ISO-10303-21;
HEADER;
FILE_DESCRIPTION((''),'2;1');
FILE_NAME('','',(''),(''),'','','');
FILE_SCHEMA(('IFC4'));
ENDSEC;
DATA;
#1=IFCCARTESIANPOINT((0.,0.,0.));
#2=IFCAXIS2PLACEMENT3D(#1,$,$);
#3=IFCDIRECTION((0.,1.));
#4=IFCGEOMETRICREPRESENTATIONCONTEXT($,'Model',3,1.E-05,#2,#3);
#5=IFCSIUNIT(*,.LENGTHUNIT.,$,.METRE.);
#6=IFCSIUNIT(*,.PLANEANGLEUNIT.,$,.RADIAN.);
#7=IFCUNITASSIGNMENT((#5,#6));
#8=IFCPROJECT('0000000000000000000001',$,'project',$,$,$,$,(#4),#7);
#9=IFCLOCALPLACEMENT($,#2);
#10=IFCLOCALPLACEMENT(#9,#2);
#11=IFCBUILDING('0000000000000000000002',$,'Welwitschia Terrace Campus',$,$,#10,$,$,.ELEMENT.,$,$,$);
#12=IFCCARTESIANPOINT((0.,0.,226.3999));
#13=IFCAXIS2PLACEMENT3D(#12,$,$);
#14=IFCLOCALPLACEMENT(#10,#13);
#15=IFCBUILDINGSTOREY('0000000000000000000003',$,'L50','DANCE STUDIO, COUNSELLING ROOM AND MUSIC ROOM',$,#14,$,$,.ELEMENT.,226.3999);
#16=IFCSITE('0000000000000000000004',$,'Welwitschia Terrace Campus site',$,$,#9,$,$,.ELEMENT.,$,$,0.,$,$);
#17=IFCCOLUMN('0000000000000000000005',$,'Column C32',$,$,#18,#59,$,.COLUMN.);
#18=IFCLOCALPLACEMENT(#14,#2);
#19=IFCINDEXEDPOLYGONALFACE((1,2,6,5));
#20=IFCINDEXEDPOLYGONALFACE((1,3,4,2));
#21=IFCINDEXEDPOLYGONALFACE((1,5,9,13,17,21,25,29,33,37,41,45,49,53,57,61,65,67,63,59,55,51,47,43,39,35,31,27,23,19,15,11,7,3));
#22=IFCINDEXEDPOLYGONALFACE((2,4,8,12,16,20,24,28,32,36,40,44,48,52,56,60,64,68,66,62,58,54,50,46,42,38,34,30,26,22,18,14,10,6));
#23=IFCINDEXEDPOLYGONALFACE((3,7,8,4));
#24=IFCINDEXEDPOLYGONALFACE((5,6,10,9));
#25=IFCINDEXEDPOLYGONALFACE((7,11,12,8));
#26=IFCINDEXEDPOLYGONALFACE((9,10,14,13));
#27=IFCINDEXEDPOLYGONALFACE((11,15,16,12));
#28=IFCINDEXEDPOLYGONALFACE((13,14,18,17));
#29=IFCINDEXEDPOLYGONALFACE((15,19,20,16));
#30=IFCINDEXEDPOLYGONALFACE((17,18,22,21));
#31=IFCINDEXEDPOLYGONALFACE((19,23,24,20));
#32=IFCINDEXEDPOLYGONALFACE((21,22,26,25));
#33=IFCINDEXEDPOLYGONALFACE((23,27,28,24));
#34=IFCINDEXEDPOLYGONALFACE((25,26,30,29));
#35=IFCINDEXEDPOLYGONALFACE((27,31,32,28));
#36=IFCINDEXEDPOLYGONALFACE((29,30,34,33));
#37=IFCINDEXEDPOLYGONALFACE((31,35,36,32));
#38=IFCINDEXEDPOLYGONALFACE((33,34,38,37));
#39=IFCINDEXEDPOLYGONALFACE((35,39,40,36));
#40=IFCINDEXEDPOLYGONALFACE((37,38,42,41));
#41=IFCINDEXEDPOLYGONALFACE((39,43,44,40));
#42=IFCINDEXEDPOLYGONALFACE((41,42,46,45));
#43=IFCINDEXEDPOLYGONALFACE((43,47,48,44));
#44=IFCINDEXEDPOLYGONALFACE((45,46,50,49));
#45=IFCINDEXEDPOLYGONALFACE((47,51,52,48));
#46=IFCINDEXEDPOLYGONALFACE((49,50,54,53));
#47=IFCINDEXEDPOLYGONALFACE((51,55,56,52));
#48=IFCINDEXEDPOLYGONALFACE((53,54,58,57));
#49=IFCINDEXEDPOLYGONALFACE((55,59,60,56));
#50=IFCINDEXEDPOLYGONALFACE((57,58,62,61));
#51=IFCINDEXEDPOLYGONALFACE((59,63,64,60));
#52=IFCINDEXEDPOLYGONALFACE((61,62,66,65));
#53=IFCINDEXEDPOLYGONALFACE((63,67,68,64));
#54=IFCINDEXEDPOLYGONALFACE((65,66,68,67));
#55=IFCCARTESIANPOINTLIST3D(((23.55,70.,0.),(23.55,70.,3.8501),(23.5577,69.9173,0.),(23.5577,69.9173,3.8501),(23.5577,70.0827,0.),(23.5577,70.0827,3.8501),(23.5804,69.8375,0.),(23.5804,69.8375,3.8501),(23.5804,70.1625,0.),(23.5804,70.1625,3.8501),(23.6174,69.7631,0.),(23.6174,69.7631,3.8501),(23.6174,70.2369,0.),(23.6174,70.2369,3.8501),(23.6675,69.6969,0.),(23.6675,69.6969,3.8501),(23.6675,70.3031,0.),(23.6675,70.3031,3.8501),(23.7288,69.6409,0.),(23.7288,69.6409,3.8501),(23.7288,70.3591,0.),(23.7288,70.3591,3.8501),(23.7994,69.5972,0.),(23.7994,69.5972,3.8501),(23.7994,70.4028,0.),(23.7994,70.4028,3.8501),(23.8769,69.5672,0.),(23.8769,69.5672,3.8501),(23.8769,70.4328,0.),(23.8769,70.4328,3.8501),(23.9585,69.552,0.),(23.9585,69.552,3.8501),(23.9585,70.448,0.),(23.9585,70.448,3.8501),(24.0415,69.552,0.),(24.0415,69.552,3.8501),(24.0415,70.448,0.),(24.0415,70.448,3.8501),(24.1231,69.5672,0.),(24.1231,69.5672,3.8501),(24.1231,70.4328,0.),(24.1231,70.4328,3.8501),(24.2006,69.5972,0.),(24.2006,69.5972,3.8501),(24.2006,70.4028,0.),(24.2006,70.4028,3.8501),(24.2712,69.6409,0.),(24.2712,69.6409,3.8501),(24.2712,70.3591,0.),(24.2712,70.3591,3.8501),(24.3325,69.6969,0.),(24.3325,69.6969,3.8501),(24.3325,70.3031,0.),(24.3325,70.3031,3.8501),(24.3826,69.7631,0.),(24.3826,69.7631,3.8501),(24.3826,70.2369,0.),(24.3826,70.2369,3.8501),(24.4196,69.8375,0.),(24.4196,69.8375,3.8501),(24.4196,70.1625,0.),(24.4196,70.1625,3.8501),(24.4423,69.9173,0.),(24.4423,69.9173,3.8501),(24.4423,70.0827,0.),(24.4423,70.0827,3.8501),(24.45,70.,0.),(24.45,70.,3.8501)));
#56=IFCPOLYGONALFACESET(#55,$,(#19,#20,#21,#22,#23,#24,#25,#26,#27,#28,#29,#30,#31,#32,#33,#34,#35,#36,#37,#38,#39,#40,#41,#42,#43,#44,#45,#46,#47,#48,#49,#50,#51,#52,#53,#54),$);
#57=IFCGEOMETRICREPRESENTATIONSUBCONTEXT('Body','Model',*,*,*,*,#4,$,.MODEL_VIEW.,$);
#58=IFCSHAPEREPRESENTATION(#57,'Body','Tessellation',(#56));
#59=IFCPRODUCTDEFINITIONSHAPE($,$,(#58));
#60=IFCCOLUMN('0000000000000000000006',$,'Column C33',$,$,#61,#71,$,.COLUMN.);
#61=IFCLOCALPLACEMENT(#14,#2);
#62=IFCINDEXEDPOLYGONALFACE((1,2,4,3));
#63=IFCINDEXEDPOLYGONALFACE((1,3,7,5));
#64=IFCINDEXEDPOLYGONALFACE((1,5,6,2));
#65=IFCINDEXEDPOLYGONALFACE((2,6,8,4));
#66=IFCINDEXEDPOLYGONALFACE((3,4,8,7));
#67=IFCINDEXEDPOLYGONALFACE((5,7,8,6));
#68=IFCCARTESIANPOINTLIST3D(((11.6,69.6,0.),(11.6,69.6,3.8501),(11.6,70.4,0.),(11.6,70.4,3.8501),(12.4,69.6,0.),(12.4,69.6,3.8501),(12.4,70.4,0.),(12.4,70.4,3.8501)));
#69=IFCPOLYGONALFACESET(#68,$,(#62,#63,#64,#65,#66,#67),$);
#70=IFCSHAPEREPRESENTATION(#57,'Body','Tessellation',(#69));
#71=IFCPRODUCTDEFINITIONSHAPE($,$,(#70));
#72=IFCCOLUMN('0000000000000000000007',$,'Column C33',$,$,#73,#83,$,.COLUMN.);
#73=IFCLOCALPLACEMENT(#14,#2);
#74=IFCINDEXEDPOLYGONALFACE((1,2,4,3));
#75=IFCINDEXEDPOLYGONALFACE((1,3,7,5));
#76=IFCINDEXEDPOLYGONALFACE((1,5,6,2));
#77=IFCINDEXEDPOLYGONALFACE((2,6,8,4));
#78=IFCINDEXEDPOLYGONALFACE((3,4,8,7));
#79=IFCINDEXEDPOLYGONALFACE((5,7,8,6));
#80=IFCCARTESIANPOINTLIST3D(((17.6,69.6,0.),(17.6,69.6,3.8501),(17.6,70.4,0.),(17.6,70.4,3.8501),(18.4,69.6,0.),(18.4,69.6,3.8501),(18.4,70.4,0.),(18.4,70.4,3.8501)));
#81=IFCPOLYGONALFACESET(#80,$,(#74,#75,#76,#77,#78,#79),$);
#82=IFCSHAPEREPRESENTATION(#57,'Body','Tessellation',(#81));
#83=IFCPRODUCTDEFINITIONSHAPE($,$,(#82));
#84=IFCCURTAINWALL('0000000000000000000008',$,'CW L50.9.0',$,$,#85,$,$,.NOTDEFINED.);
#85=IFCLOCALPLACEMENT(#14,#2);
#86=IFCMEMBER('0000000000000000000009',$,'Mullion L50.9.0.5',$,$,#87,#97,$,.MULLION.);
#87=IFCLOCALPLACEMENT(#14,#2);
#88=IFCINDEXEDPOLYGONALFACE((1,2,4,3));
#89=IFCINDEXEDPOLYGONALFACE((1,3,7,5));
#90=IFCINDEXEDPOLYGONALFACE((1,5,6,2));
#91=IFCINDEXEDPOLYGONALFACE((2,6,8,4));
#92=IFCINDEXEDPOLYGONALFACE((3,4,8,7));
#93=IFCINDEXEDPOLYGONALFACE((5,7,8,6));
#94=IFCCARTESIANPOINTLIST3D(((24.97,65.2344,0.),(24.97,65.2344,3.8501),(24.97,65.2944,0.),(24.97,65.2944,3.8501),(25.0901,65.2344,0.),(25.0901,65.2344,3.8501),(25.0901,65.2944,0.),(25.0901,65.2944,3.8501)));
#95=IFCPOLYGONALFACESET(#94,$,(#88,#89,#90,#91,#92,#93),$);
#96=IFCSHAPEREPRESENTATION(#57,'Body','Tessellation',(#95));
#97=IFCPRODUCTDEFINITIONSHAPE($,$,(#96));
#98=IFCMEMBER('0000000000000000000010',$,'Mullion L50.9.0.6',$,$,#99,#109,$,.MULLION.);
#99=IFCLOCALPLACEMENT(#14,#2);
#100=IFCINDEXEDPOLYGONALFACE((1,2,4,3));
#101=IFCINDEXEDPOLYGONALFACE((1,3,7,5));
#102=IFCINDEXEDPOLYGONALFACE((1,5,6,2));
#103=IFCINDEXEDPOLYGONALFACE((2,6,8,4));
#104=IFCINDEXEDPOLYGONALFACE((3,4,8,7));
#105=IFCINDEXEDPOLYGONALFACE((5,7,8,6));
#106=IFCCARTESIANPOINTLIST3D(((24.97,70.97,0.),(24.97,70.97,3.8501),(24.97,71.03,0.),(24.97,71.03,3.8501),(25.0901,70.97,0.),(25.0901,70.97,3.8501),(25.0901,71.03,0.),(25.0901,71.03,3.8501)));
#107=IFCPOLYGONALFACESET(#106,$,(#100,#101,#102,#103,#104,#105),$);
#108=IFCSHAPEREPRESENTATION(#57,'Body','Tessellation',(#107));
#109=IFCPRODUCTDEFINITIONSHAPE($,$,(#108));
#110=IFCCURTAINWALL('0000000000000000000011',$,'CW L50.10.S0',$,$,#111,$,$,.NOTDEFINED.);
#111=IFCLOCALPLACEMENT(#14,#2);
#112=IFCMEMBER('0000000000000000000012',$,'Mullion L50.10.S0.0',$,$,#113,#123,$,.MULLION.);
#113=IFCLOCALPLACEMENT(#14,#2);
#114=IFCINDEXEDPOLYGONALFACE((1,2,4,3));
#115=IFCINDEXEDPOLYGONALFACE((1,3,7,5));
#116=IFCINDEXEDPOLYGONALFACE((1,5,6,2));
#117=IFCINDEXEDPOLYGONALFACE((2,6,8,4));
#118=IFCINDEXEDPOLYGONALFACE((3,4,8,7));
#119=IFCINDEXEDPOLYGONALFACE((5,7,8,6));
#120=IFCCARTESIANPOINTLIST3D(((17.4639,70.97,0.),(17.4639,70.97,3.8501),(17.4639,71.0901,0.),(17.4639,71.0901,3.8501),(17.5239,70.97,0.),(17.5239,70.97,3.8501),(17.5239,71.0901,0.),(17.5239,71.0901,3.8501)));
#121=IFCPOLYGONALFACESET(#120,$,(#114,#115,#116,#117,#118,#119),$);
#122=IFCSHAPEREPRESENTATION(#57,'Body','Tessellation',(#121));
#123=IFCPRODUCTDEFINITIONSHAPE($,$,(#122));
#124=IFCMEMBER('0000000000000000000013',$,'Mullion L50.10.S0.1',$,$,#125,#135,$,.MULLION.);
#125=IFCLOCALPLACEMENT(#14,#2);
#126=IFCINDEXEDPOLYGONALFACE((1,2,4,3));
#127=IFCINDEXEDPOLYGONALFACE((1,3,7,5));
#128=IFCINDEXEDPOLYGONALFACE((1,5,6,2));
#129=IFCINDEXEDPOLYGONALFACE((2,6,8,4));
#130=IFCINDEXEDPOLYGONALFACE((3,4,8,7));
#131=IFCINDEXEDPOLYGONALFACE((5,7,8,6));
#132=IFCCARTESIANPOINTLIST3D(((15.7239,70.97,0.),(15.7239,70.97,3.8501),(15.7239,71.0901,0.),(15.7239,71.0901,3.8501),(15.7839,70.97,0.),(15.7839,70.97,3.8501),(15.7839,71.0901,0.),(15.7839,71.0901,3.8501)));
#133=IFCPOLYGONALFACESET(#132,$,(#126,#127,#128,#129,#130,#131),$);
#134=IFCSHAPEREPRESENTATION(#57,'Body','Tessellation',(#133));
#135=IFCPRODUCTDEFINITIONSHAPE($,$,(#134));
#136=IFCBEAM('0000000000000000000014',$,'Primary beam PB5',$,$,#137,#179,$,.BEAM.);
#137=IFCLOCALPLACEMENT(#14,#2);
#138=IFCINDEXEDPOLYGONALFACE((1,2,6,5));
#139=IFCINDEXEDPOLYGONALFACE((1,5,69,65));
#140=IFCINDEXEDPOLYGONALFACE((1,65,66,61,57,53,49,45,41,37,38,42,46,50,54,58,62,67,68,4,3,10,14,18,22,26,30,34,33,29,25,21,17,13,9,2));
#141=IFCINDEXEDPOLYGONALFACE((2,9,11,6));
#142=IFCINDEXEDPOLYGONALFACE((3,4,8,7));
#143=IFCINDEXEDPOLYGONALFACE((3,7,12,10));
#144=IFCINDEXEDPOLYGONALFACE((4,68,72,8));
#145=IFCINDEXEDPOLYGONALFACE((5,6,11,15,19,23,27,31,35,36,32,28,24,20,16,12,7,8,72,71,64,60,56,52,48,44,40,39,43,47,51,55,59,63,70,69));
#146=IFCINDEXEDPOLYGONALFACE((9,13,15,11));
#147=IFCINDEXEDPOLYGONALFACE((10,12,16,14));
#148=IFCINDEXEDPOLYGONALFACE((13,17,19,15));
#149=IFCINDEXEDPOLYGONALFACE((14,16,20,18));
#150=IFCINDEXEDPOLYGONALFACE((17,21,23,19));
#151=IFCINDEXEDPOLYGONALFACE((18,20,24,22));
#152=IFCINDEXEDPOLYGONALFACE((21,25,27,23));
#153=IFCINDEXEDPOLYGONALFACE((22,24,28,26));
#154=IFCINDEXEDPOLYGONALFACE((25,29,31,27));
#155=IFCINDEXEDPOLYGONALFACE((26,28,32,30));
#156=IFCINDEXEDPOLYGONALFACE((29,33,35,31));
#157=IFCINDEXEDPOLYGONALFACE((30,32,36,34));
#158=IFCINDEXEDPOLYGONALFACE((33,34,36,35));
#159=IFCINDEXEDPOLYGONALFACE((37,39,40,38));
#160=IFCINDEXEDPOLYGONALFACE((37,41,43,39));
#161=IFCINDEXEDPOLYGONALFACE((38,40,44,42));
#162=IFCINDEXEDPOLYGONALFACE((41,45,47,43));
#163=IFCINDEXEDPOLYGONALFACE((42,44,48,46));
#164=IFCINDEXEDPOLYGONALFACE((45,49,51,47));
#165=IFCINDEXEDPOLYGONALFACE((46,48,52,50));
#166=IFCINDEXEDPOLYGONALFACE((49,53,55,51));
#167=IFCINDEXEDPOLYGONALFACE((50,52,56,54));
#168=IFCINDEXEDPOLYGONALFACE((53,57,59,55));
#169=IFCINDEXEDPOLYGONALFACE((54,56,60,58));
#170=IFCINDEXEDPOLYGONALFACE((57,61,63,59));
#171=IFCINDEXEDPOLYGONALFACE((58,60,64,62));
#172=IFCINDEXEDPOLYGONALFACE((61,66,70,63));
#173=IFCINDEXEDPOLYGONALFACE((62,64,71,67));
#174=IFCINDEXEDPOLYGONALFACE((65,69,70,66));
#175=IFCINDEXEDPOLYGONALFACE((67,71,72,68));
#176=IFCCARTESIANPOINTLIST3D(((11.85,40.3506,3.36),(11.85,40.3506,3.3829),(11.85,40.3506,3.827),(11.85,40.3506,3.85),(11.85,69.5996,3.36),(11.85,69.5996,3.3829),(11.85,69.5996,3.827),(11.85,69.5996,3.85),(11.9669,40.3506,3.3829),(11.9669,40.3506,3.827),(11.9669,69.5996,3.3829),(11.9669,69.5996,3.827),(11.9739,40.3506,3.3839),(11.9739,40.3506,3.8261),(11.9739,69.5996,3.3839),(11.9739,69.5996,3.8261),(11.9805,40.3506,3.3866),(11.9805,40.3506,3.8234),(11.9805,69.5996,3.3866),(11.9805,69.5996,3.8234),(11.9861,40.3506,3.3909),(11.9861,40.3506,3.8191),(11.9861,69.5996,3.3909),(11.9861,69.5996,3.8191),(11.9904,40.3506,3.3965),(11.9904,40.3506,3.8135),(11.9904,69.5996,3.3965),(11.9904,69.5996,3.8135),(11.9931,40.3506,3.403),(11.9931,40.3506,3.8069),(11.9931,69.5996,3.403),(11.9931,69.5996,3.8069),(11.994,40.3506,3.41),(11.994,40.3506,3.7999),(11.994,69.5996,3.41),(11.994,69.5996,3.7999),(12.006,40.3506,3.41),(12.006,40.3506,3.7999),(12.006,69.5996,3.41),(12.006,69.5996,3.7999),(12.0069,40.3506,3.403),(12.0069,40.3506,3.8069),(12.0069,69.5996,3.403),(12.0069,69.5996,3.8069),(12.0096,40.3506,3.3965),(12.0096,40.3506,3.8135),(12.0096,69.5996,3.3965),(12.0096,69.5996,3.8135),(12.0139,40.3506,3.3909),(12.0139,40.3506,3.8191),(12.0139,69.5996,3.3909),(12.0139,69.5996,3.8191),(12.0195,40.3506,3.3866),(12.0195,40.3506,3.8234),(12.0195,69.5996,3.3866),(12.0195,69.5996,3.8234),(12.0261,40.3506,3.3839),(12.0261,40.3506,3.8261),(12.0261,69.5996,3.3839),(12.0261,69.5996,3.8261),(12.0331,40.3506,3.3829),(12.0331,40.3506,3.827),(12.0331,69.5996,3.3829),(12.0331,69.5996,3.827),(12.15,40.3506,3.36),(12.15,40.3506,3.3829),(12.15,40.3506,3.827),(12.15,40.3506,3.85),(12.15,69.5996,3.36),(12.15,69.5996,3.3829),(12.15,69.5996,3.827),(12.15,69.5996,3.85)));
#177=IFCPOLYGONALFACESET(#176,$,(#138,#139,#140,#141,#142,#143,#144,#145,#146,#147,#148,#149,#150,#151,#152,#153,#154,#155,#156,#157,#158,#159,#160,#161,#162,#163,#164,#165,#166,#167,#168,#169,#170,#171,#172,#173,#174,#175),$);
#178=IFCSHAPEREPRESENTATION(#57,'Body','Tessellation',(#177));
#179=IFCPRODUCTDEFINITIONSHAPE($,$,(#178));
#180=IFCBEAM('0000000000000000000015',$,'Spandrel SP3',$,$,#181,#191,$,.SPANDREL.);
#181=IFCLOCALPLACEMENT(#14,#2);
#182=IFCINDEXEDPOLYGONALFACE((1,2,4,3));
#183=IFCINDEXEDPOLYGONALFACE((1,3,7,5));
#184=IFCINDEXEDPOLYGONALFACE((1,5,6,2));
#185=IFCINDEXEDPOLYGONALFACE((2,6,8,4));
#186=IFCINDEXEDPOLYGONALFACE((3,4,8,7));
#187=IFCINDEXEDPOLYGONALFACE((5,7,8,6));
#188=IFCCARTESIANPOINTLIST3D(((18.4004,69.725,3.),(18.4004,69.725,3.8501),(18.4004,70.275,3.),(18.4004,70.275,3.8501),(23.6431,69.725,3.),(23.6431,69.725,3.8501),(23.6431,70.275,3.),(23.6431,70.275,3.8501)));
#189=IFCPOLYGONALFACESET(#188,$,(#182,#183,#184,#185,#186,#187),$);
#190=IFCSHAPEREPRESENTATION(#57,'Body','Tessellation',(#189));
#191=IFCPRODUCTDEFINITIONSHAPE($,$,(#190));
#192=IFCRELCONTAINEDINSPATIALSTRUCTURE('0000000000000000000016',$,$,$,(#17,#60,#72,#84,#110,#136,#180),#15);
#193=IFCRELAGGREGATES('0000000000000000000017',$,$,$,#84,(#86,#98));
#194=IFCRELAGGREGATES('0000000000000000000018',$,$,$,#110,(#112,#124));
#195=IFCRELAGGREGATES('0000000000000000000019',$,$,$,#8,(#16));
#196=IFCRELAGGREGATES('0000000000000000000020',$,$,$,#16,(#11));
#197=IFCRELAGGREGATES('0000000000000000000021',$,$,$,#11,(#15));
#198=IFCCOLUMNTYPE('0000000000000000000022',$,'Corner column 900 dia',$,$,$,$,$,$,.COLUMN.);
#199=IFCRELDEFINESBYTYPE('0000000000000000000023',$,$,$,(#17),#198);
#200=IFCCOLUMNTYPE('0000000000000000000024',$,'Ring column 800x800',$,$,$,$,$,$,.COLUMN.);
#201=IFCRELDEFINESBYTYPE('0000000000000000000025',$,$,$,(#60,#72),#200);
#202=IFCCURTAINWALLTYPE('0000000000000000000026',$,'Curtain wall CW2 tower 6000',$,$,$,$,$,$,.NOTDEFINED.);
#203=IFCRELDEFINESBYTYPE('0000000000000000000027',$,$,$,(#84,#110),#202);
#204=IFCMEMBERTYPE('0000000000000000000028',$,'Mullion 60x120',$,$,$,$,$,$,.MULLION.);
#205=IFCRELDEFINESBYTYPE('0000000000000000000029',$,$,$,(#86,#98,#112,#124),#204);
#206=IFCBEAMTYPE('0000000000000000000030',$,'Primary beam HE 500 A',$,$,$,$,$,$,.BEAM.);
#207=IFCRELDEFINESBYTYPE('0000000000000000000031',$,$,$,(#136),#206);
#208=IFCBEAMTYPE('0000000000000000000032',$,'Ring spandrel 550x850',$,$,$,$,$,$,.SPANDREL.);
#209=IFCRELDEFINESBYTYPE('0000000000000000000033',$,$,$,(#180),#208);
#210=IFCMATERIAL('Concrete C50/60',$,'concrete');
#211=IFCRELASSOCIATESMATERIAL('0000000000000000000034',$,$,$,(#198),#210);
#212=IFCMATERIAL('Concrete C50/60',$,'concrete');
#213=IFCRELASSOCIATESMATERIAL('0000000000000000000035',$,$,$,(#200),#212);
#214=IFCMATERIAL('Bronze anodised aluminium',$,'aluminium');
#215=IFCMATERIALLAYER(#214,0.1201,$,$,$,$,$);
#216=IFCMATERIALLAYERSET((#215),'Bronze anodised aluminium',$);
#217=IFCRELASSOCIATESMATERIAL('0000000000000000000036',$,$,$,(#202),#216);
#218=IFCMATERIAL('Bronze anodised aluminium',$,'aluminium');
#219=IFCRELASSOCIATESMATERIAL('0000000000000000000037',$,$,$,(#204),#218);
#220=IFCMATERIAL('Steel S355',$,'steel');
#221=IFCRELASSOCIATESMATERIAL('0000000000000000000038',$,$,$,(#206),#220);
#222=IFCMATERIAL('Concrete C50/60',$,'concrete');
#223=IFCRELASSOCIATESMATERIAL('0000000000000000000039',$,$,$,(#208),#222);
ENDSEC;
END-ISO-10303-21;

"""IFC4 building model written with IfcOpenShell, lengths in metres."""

from ifc_helpers import new_model, si_unit, direction, frame, origin, origin_2d, place, context, subcontext, project, spatial, rectangle, circle, i_section, extrude, material, layer, layer_set, material_profile, profile_set, type_object, element, aggregate, save


model = new_model("IFC4")

# Units and contexts
model_context = context("Model", 3, precision=1e-05, world=origin(), true_north=direction((0.0, 1.0)))
body_context = subcontext(model_context, "Body", "Model", "MODEL_VIEW")
ifc_project = project(units=[si_unit("LENGTHUNIT", "METRE"), si_unit("PLANEANGLEUNIT", "RADIAN")], contexts=[model_context])

# Site, building, storey
site_placement = place(None, origin())
site = spatial("IfcSite", under=ifc_project, at=site_placement, Name="Welwitschia Terrace Campus site", CompositionType="ELEMENT", RefElevation=0.0)
building_placement = place(site_placement, origin())
building = spatial("IfcBuilding", under=site, at=building_placement, Name="Welwitschia Terrace Campus", CompositionType="ELEMENT")
storey_placement = place(building_placement, frame((0.0, 0.0, 226.3999)))
storey = spatial("IfcBuildingStorey", under=building, at=storey_placement, Name="L50", Description="DANCE STUDIO, COUNSELLING ROOM AND MUSIC ROOM", CompositionType="ELEMENT", Elevation=226.3999)

# Columns
ifc_material_1 = material(Name="Concrete C50/60", Category="concrete")
ifc_material_profile_1 = material_profile(ifc_material_1, circle(Radius=0.45, at=origin_2d()))
ifc_profile_set_1 = profile_set([ifc_material_profile_1], Name="Concrete C50/60")
column_type_1 = type_object("IfcColumnType", Name="Corner column 900 dia", PredefinedType="COLUMN", material=ifc_profile_set_1)
column_placement = place(storey_placement, frame((24.0, 70.0, 0.0), z_axis=(0.0, 0.0, 1.0), x_axis=(1.0, 0.0, 0.0)))
element("IfcColumn", 1, at=column_placement, inside=storey, type_object=column_type_1, Name="Column C32", PredefinedType="COLUMN", context=body_context, shape_type="SweptSolid", body=[
    extrude(circle(Radius=0.45, at=origin_2d()), origin(), (0.0, 0.0, 1.0), 3.8501),
])
ifc_material_2 = material(Name="Concrete C50/60", Category="concrete")
ifc_material_profile_2 = material_profile(ifc_material_2, rectangle(XDim=0.8, YDim=0.8, at=origin_2d()))
ifc_profile_set_2 = profile_set([ifc_material_profile_2], Name="Concrete C50/60")
column_type_2 = type_object("IfcColumnType", Name="Ring column 800x800", PredefinedType="COLUMN", material=ifc_profile_set_2)
for number, where, z_axis, x_axis, name in (
    (2, (12.0, 70.0, 0.0), (0.0, 0.0, 1.0), (1.0, 0.0, 0.0), "Column C33"),
    (3, (18.0, 70.0, 0.0), (0.0, 0.0, 1.0), (1.0, 0.0, 0.0), "Column C33"),
):
    element("IfcColumn", number, at=place(storey_placement, frame(where, z_axis=z_axis, x_axis=x_axis)), inside=storey, type_object=column_type_2, Name=name, PredefinedType="COLUMN", context=body_context, shape_type="SweptSolid", body=[
        extrude(rectangle(XDim=0.8, YDim=0.8, at=origin_2d()), origin(), (0.0, 0.0, 1.0), 3.8501),
    ])

# Curtain walls, members
ifc_material_3 = material(Name="Bronze anodised aluminium", Category="aluminium")
ifc_layer_1 = layer(ifc_material_3, 0.1201)
ifc_layer_set_1 = layer_set([ifc_layer_1], Name="Bronze anodised aluminium")
curtain_wall_type = type_object("IfcCurtainWallType", Name="Curtain wall CW2 tower 6000", PredefinedType="NOTDEFINED", material=ifc_layer_set_1)
curtain_wall_1_placement = place(storey_placement, origin())
curtain_wall_1 = element("IfcCurtainWall", 4, at=curtain_wall_1_placement, inside=storey, type_object=curtain_wall_type, Name="CW L50.9.0", PredefinedType="NOTDEFINED")
ifc_material_4 = material(Name="Bronze anodised aluminium", Category="aluminium")
ifc_material_profile_3 = material_profile(ifc_material_4, rectangle(XDim=0.1201, YDim=0.0601, at=origin_2d()))
ifc_profile_set_3 = profile_set([ifc_material_profile_3], Name="Bronze anodised aluminium")
member_type_1 = type_object("IfcMemberType", Name="Mullion 60x120", PredefinedType="MULLION", material=ifc_profile_set_3)
member_1_placement = place(storey_placement, frame((25.03, 65.2644, 0.0), z_axis=(0.0, 0.0, 1.0), x_axis=(-1.0, 0.0, 0.0)))
member_1 = element("IfcMember", 5, at=member_1_placement, type_object=member_type_1, Name="Mullion L50.9.0.5", PredefinedType="MULLION", context=body_context, shape_type="SweptSolid", body=[
    extrude(rectangle(XDim=0.1201, YDim=0.0601, at=origin_2d()), origin(), (0.0, 0.0, 1.0), 3.8501),
])
member_2_placement = place(storey_placement, frame((25.03, 71.0, 0.0), z_axis=(0.0, 0.0, 1.0), x_axis=(-1.0, 0.0, 0.0)))
member_2 = element("IfcMember", 6, at=member_2_placement, type_object=member_type_1, Name="Mullion L50.9.0.6", PredefinedType="MULLION", context=body_context, shape_type="SweptSolid", body=[
    extrude(rectangle(XDim=0.1201, YDim=0.0601, at=origin_2d()), origin(), (0.0, 0.0, 1.0), 3.8501),
])
curtain_wall_2_placement = place(storey_placement, origin())
curtain_wall_2 = element("IfcCurtainWall", 7, at=curtain_wall_2_placement, inside=storey, type_object=curtain_wall_type, Name="CW L50.10.S0", PredefinedType="NOTDEFINED")
member_3_placement = place(storey_placement, frame((17.4939, 71.03, 0.0), z_axis=(0.0, 0.0, 1.0), x_axis=(0.0, -1.0, 0.0)))
member_3 = element("IfcMember", 8, at=member_3_placement, type_object=member_type_1, Name="Mullion L50.10.S0.0", PredefinedType="MULLION", context=body_context, shape_type="SweptSolid", body=[
    extrude(rectangle(XDim=0.1201, YDim=0.0601, at=origin_2d()), origin(), (0.0, 0.0, 1.0), 3.8501),
])
member_4_placement = place(storey_placement, frame((15.7539, 71.03, 0.0), z_axis=(0.0, 0.0, 1.0), x_axis=(0.0, -1.0, 0.0)))
member_4 = element("IfcMember", 9, at=member_4_placement, type_object=member_type_1, Name="Mullion L50.10.S0.1", PredefinedType="MULLION", context=body_context, shape_type="SweptSolid", body=[
    extrude(rectangle(XDim=0.1201, YDim=0.0601, at=origin_2d()), origin(), (0.0, 0.0, 1.0), 3.8501),
])

# Beams
ifc_material_5 = material(Name="Steel S355", Category="steel")
ifc_material_profile_4 = material_profile(ifc_material_5, i_section(OverallWidth=0.3, OverallDepth=0.49, WebThickness=0.012, FlangeThickness=0.0229, FilletRadius=0.0271, at=origin_2d()))
ifc_profile_set_4 = profile_set([ifc_material_profile_4], Name="Steel S355")
beam_type_1 = type_object("IfcBeamType", Name="Primary beam HE 500 A", PredefinedType="BEAM", material=ifc_profile_set_4)
beam_1_placement = place(storey_placement, frame((12.0, 69.5996, 3.605), z_axis=(0.0, -1.0, 0.0), x_axis=(1.0, 0.0, 0.0)))
element("IfcBeam", 10, at=beam_1_placement, inside=storey, type_object=beam_type_1, Name="Primary beam PB5", PredefinedType="BEAM", context=body_context, shape_type="SweptSolid", body=[
    extrude(i_section(OverallWidth=0.3, OverallDepth=0.49, WebThickness=0.012, FlangeThickness=0.0229, FilletRadius=0.0271, at=origin_2d()), origin(), (0.0, 0.0, 1.0), 29.249),
])
ifc_material_6 = material(Name="Concrete C50/60", Category="concrete")
ifc_material_profile_5 = material_profile(ifc_material_6, rectangle(XDim=0.55, YDim=0.8501, at=origin_2d()))
ifc_profile_set_5 = profile_set([ifc_material_profile_5], Name="Concrete C50/60")
beam_type_2 = type_object("IfcBeamType", Name="Ring spandrel 550x850", PredefinedType="SPANDREL", material=ifc_profile_set_5)
beam_2_placement = place(storey_placement, frame((23.6431, 70.0, 3.425), z_axis=(-1.0, 0.0, 0.0), x_axis=(0.0, -1.0, 0.0)))
element("IfcBeam", 11, at=beam_2_placement, inside=storey, type_object=beam_type_2, Name="Spandrel SP3", PredefinedType="SPANDREL", context=body_context, shape_type="SweptSolid", body=[
    extrude(rectangle(XDim=0.55, YDim=0.8501, at=origin_2d()), origin(), (0.0, 0.0, 1.0), 5.2427),
])

aggregate(curtain_wall_1, [member_1, member_2])
aggregate(curtain_wall_2, [member_3, member_4])

save(model, "model.ifc")
